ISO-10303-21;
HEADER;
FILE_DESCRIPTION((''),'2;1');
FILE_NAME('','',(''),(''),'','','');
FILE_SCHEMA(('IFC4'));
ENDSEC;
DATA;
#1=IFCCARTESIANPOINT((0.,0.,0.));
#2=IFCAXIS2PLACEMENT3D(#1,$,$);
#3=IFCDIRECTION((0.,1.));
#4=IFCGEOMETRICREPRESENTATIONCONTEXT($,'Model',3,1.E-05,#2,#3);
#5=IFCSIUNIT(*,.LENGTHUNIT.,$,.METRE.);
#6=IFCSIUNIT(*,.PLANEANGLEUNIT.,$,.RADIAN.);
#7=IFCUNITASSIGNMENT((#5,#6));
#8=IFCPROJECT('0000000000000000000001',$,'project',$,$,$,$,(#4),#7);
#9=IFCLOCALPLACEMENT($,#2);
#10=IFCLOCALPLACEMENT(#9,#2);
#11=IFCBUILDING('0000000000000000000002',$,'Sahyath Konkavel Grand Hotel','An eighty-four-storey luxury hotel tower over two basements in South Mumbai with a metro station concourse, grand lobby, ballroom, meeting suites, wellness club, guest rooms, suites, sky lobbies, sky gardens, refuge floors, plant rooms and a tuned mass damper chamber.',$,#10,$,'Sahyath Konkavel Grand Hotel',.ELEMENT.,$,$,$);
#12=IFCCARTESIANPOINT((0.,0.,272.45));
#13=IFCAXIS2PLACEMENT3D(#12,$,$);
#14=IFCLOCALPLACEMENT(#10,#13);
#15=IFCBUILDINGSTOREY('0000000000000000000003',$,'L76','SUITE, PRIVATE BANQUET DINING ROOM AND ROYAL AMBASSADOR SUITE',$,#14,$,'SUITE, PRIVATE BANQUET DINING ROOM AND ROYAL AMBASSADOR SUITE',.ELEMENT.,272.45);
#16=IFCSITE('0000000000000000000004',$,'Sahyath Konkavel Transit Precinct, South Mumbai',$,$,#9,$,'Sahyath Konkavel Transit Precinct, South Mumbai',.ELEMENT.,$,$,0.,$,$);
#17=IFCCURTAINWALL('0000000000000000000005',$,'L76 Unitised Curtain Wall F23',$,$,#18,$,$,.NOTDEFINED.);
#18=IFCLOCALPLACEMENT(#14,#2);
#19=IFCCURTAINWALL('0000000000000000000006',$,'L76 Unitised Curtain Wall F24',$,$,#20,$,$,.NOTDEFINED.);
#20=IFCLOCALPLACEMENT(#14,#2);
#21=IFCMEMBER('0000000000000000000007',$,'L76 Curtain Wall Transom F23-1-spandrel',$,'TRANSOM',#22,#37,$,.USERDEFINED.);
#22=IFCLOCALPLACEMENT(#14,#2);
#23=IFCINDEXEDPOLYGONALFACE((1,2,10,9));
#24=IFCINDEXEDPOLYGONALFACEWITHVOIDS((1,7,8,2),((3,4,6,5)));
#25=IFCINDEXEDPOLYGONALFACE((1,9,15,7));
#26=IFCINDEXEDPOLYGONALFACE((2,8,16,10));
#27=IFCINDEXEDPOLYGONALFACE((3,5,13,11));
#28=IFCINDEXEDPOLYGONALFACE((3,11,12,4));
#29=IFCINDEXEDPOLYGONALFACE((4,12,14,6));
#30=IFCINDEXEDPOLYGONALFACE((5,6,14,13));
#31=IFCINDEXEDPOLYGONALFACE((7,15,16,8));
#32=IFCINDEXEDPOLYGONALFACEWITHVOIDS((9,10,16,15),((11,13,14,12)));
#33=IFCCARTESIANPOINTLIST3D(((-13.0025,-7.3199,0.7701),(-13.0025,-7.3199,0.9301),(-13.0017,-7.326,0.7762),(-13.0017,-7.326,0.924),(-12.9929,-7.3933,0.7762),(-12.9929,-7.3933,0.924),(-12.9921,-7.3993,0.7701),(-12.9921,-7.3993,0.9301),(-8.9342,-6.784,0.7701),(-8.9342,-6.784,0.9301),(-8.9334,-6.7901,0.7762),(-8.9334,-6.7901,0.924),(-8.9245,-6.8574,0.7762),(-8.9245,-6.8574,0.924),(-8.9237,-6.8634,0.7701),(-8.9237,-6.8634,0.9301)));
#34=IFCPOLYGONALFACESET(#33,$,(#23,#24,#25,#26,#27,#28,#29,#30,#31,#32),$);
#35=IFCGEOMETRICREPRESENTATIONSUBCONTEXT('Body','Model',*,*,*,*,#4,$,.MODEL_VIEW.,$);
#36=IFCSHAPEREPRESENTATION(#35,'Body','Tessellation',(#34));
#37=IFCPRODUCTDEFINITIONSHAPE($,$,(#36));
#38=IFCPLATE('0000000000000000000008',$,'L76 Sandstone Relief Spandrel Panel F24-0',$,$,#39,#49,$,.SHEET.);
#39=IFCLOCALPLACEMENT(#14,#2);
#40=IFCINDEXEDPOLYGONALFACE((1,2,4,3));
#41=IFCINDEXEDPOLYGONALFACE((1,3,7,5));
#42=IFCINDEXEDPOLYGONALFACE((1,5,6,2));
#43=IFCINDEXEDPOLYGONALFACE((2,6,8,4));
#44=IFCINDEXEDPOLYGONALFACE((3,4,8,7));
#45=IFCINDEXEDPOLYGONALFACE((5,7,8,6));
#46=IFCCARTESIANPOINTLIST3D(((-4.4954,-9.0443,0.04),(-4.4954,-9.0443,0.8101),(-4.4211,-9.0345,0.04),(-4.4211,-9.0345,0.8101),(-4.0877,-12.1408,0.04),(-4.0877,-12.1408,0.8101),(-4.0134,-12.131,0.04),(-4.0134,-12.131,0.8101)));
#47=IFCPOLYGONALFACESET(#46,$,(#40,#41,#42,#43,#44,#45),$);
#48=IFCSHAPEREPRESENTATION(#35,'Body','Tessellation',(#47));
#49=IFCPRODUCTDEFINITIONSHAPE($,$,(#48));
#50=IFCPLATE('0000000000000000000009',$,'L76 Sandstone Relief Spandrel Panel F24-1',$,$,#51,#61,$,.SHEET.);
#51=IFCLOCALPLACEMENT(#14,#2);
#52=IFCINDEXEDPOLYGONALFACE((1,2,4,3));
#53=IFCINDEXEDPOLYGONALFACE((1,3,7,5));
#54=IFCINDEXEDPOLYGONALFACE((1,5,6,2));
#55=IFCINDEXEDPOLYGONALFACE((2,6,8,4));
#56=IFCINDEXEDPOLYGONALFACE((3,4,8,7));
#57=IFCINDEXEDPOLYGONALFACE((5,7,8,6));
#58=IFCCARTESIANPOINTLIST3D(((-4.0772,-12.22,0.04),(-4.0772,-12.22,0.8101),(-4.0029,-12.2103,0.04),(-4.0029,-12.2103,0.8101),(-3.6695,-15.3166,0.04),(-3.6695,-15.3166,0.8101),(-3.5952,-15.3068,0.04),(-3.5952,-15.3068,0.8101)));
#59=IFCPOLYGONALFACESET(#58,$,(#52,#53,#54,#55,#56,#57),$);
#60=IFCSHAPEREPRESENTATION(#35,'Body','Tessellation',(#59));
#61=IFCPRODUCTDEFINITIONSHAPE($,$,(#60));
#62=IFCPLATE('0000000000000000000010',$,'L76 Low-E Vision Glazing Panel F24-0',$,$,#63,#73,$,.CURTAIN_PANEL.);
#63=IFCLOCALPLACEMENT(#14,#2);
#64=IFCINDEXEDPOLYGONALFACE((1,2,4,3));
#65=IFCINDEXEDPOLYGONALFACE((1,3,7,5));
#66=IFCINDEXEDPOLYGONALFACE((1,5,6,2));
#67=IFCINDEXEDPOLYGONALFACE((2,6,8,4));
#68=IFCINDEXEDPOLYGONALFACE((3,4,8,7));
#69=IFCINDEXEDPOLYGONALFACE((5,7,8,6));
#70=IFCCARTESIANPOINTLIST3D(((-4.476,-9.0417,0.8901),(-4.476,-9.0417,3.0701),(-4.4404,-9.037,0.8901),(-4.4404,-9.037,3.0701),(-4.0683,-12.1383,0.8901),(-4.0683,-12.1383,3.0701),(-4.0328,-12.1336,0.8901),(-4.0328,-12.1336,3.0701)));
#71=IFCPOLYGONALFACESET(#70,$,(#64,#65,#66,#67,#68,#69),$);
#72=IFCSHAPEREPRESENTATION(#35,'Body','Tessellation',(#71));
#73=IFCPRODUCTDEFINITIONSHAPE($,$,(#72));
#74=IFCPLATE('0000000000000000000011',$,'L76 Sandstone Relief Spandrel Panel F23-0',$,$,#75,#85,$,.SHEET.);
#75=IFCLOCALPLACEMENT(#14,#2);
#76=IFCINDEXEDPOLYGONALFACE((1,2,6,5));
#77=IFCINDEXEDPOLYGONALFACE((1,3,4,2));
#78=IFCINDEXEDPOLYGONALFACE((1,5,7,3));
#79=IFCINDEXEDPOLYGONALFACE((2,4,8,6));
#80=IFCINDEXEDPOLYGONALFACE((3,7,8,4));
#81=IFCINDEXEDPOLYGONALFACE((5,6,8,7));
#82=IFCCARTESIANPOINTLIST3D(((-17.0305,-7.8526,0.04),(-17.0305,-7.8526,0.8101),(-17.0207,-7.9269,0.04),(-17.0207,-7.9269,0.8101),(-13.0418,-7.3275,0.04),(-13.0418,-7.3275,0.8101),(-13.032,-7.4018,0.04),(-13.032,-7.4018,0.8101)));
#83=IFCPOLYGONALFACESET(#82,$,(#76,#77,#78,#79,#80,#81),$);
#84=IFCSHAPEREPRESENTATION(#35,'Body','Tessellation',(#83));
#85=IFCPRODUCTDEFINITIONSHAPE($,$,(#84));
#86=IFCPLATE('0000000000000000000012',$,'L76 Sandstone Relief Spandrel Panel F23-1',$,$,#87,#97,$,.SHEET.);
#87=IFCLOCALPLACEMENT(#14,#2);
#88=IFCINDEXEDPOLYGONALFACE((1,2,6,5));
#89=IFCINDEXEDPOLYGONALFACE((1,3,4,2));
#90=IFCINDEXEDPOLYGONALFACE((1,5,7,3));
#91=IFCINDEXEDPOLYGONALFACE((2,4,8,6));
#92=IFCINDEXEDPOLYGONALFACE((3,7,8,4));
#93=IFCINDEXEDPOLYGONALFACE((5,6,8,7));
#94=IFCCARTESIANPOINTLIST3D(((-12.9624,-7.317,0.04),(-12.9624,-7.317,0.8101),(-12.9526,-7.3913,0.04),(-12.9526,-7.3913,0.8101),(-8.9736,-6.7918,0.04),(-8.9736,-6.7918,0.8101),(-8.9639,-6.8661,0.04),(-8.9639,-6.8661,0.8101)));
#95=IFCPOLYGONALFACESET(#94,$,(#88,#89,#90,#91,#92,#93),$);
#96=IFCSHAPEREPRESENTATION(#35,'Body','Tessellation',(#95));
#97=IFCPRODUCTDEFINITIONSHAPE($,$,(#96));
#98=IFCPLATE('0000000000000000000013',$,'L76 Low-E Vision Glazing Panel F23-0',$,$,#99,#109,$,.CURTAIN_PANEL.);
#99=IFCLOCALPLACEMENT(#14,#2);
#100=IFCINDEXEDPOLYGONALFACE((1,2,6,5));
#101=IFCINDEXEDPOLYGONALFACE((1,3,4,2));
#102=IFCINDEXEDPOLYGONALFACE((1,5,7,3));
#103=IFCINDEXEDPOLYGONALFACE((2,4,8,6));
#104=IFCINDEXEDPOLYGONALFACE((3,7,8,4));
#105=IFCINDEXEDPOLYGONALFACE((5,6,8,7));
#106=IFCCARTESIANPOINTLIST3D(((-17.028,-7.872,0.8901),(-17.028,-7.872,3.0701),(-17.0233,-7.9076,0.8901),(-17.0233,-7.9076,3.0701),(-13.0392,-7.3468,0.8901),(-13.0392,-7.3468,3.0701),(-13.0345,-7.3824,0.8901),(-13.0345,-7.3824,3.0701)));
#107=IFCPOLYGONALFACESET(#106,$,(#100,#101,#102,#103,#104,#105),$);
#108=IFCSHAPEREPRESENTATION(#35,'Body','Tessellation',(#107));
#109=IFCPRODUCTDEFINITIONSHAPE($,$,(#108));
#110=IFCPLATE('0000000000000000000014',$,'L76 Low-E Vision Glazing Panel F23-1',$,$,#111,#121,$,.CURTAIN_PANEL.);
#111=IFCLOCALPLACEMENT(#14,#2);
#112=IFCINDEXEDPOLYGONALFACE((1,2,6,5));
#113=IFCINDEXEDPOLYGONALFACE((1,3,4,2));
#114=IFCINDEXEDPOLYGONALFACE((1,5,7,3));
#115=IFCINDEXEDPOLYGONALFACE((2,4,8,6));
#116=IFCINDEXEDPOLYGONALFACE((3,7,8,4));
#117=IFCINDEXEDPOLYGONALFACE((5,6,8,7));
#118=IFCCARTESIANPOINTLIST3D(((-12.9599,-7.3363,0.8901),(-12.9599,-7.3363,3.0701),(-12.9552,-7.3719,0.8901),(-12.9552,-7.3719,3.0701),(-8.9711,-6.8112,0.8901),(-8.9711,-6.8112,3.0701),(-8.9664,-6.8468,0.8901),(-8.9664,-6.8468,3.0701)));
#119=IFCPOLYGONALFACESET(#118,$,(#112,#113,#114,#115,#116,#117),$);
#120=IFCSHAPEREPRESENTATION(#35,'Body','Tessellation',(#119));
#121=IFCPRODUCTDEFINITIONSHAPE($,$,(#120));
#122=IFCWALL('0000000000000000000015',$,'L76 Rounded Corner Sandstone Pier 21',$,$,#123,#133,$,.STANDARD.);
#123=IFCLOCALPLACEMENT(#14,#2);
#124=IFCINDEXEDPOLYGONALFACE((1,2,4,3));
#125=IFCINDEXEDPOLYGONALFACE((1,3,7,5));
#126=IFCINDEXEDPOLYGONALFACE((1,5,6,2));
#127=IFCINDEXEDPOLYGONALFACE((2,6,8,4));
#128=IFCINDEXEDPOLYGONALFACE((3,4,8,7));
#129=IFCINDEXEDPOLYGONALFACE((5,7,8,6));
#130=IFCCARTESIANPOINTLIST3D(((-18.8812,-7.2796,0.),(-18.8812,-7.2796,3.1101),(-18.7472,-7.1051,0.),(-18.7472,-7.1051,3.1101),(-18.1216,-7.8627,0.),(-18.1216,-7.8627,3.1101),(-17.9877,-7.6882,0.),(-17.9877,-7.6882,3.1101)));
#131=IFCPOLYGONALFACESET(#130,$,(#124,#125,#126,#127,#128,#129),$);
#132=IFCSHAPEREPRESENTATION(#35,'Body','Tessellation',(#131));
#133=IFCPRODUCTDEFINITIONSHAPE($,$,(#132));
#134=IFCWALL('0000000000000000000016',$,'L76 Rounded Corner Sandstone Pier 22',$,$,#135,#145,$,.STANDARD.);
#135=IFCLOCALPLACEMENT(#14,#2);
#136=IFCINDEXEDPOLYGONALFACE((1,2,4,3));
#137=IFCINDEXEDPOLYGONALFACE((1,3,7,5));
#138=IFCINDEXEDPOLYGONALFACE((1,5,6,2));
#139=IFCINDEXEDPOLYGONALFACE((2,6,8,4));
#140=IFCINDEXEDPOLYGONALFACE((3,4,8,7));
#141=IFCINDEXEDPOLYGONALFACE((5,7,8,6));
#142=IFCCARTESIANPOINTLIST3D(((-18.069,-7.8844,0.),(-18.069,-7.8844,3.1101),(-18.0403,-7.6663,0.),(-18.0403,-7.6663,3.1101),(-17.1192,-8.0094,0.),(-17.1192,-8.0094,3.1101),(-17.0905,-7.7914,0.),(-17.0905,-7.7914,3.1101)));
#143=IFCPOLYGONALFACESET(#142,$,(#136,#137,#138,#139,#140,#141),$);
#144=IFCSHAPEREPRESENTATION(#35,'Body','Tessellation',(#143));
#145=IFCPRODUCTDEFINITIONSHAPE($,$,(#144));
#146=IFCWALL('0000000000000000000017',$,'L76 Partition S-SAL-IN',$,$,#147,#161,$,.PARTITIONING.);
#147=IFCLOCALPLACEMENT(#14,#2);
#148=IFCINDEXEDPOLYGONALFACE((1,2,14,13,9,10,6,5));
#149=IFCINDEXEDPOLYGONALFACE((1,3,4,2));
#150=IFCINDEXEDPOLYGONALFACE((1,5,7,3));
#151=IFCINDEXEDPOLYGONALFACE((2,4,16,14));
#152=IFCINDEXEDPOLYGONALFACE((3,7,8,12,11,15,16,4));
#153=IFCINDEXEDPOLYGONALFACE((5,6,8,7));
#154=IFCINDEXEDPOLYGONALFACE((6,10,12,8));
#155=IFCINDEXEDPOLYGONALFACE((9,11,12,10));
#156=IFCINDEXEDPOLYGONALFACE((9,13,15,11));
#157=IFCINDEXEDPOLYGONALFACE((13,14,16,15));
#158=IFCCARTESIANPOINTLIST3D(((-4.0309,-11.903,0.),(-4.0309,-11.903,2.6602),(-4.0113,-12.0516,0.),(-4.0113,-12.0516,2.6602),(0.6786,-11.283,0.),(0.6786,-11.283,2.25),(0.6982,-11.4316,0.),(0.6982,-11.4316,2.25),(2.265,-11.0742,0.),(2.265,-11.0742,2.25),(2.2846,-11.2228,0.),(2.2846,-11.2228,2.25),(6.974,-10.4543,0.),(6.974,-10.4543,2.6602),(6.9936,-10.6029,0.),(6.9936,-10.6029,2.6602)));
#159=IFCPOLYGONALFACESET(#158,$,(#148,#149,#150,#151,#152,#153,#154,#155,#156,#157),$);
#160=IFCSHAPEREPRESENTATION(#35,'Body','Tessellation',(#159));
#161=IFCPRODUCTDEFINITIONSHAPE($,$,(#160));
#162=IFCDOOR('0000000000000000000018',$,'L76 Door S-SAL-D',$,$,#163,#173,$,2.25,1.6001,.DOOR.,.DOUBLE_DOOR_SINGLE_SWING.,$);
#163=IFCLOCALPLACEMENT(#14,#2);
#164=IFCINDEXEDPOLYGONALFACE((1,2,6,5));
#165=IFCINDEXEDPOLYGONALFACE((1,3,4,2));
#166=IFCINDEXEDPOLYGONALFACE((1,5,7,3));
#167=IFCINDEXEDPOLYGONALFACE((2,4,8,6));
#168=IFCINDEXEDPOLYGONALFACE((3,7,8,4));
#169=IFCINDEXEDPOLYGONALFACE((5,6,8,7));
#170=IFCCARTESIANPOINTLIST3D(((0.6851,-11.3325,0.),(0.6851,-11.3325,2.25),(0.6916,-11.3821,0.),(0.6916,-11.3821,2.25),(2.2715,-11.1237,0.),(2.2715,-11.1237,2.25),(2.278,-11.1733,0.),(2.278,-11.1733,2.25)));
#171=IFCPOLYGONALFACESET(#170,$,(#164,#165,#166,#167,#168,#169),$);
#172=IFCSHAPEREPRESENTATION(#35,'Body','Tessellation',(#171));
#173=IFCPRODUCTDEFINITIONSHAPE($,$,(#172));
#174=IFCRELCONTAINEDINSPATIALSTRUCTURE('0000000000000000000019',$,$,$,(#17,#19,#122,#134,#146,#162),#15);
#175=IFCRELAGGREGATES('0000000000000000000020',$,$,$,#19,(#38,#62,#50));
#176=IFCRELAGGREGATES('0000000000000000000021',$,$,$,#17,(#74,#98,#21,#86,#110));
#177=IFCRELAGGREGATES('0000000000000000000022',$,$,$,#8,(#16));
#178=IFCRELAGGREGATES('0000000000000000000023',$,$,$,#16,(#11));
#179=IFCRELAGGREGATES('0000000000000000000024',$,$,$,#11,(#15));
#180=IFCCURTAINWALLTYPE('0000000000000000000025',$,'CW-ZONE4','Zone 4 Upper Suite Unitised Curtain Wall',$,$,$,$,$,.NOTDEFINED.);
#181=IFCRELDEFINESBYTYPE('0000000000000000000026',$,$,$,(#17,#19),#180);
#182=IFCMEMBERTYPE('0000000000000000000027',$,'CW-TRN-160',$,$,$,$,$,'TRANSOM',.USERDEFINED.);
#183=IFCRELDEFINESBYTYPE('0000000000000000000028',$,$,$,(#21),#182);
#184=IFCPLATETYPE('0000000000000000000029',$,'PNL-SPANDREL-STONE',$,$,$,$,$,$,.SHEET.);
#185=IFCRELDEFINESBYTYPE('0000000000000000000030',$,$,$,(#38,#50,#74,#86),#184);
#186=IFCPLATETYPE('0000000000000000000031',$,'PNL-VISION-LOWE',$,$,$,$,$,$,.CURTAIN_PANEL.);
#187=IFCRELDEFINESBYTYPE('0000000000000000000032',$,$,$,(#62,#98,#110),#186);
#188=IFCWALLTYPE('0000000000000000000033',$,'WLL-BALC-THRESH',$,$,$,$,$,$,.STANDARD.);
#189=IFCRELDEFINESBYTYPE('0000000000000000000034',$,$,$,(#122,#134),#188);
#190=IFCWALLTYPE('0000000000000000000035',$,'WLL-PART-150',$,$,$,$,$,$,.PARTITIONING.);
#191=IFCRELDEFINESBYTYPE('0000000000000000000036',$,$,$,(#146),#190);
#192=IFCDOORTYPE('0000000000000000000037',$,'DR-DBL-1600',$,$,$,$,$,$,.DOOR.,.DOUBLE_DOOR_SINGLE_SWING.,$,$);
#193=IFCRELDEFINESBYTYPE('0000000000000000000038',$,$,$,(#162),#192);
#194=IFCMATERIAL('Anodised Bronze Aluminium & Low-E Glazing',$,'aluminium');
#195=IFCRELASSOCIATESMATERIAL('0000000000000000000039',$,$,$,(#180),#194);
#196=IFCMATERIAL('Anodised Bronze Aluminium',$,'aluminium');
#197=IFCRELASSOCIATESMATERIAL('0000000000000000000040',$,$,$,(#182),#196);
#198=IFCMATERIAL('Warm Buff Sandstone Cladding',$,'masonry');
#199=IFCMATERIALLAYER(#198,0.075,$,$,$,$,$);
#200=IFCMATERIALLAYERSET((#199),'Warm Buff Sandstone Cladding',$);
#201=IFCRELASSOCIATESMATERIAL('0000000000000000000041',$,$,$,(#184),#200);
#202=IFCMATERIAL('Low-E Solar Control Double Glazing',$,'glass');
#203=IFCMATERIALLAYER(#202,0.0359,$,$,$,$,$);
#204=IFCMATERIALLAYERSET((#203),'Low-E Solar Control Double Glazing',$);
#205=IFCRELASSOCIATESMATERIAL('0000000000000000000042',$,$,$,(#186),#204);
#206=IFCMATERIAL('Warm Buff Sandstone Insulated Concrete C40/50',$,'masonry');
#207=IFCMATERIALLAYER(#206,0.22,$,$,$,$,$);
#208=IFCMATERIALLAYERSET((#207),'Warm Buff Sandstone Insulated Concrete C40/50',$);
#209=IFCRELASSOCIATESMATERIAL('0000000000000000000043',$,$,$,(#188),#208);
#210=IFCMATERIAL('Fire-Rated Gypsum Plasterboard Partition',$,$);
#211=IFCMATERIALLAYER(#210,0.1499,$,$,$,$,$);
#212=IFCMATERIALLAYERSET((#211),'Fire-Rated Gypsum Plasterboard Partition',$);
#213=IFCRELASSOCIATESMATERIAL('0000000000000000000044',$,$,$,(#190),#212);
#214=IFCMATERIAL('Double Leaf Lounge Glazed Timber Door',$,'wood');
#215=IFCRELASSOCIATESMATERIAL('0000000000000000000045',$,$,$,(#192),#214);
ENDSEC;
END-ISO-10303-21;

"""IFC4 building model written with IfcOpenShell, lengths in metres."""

from ifc_helpers import new_model, si_unit, direction, frame, frame_2d, origin, origin_2d, place, context, subcontext, project, spatial, rectangle, hollow_rectangle, extrude, source, transform, mapped, material, layer, layer_set, material_profile, profile_set, type_object, element, fill, aggregate, save


model = new_model("IFC4")

# Units and contexts
model_context = context("Model", 3, precision=1e-05, world=origin(), true_north=direction((0.0, 1.0)))
body_context = subcontext(model_context, "Body", "Model", "MODEL_VIEW")
ifc_project = project(units=[si_unit("LENGTHUNIT", "METRE"), si_unit("PLANEANGLEUNIT", "RADIAN")], contexts=[model_context])

# Site, building, storey
site_placement = place(None, origin())
site = spatial("IfcSite", under=ifc_project, at=site_placement, Name="Sahyath Konkavel Transit Precinct, South Mumbai", LongName="Sahyath Konkavel Transit Precinct, South Mumbai", CompositionType="ELEMENT", RefElevation=0.0)
building_placement = place(site_placement, origin())
building = spatial("IfcBuilding", under=site, at=building_placement, Name="Sahyath Konkavel Grand Hotel", Description="An eighty-four-storey luxury hotel tower over two basements in South Mumbai with a metro station concourse, grand lobby, ballroom, meeting suites, wellness club, guest rooms, suites, sky lobbies, sky gardens, refuge floors, plant rooms and a tuned mass damper chamber.", LongName="Sahyath Konkavel Grand Hotel", CompositionType="ELEMENT")
storey_placement = place(building_placement, frame((0.0, 0.0, 272.45)))
storey = spatial("IfcBuildingStorey", under=building, at=storey_placement, Name="L76", Description="SUITE, PRIVATE BANQUET DINING ROOM AND ROYAL AMBASSADOR SUITE", LongName="SUITE, PRIVATE BANQUET DINING ROOM AND ROYAL AMBASSADOR SUITE", CompositionType="ELEMENT", Elevation=272.45)

# Curtain walls
ifc_material_1 = material(Name="Anodised Bronze Aluminium & Low-E Glazing", Category="aluminium")
curtain_wall_type = type_object("IfcCurtainWallType", Name="CW-ZONE4", Description="Zone 4 Upper Suite Unitised Curtain Wall", PredefinedType="NOTDEFINED", material=ifc_material_1)
curtain_wall_1_placement = place(storey_placement, origin())
curtain_wall_1 = element("IfcCurtainWall", 1, at=curtain_wall_1_placement, inside=storey, type_object=curtain_wall_type, Name="L76 Unitised Curtain Wall F23", PredefinedType="NOTDEFINED")
curtain_wall_2_placement = place(storey_placement, origin())
curtain_wall_2 = element("IfcCurtainWall", 2, at=curtain_wall_2_placement, inside=storey, type_object=curtain_wall_type, Name="L76 Unitised Curtain Wall F24", PredefinedType="NOTDEFINED")
ifc_material_2 = material(Name="Anodised Bronze Aluminium", Category="aluminium")

# Member
ifc_material_profile_1 = material_profile(ifc_material_2, hollow_rectangle(XDim=0.0801, YDim=0.1599, WallThickness=0.0061, at=origin_2d()), Name="RHS 160x80x6")
ifc_profile_set_1 = profile_set([ifc_material_profile_1], Name="Anodised Bronze Aluminium")
member_type_1 = type_object("IfcMemberType", Name="CW-TRN-160", ElementType="TRANSOM", PredefinedType="USERDEFINED", material=ifc_profile_set_1)
shared_shape_1 = source(origin(), body_context, "Body", "SweptSolid", [
    extrude(hollow_rectangle(XDim=0.0801, YDim=0.1599, WallThickness=0.0061, at=origin_2d()), origin(), (0.0, 0.0, 1.0), 4.1035),
])
member_1_placement = place(storey_placement, frame((-12.9973, -7.3596, 0.8501), z_axis=(0.991436, 0.130593, 0.0), x_axis=(-0.130593, 0.991436, 0.0)))
member_1 = element("IfcMember", 3, at=member_1_placement, type_object=member_type_1, Name="L76 Curtain Wall Transom F23-1-spandrel", ObjectType="TRANSOM", PredefinedType="USERDEFINED", context=body_context, shape_type="MappedRepresentation", body=[
    mapped(shared_shape_1, transform((0.0, 0.0, 0.0), scale=1.0)),
])

# Plates
ifc_material_3 = material(Name="Warm Buff Sandstone Cladding", Category="masonry")
ifc_layer_1 = layer(ifc_material_3, 0.075)
ifc_layer_set_1 = layer_set([ifc_layer_1], Name="Warm Buff Sandstone Cladding")
plate_type_1 = type_object("IfcPlateType", Name="PNL-SPANDREL-STONE", PredefinedType="SHEET", material=ifc_layer_set_1)
shared_shape_2 = source(origin(), body_context, "Body", "SweptSolid", [
    extrude(rectangle(XDim=3.1233, YDim=0.075, at=origin_2d()), origin(), (0.0, 0.0, 1.0), 0.77),
])
plate_1_placement = place(storey_placement, frame((-4.2544, -10.5876, 0.04), z_axis=(0.0, 0.0, 1.0), x_axis=(0.130526, -0.991445, 0.0)))
plate_1 = element("IfcPlate", 4, at=plate_1_placement, type_object=plate_type_1, Name="L76 Sandstone Relief Spandrel Panel F24-0", PredefinedType="SHEET", context=body_context, shape_type="MappedRepresentation", body=[
    mapped(shared_shape_2, transform((0.0, 0.0, 0.0), scale=1.0)),
])
plate_2_placement = place(storey_placement, frame((-3.8362, -13.7634, 0.04), z_axis=(0.0, 0.0, 1.0), x_axis=(0.130526, -0.991445, 0.0)))
plate_2 = element("IfcPlate", 5, at=plate_2_placement, type_object=plate_type_1, Name="L76 Sandstone Relief Spandrel Panel F24-1", PredefinedType="SHEET", context=body_context, shape_type="MappedRepresentation", body=[
    mapped(shared_shape_2, transform((0.0, 0.0, 0.0), scale=1.0)),
])
ifc_material_4 = material(Name="Low-E Solar Control Double Glazing", Category="glass")
ifc_layer_2 = layer(ifc_material_4, 0.0359)
ifc_layer_set_2 = layer_set([ifc_layer_2], Name="Low-E Solar Control Double Glazing")
plate_type_2 = type_object("IfcPlateType", Name="PNL-VISION-LOWE", PredefinedType="CURTAIN_PANEL", material=ifc_layer_set_2)
shared_shape_3 = source(origin(), body_context, "Body", "SweptSolid", [
    extrude(rectangle(XDim=3.1233, YDim=0.0359, at=origin_2d()), origin(), (0.0, 0.0, 1.0), 2.1799),
])
plate_3_placement = place(storey_placement, frame((-4.2544, -10.5876, 0.8901), z_axis=(0.0, 0.0, 1.0), x_axis=(0.130526, -0.991445, 0.0)))
plate_3 = element("IfcPlate", 6, at=plate_3_placement, type_object=plate_type_2, Name="L76 Low-E Vision Glazing Panel F24-0", PredefinedType="CURTAIN_PANEL", context=body_context, shape_type="MappedRepresentation", body=[
    mapped(shared_shape_3, transform((0.0, 0.0, 0.0), scale=1.0)),
])
aggregate(curtain_wall_2, [plate_1, plate_3, plate_2])
shared_shape_4 = source(origin(), body_context, "Body", "SweptSolid", [
    extrude(rectangle(XDim=4.0232, YDim=0.075, at=origin_2d()), origin(), (0.0, 0.0, 1.0), 0.77),
])
plate_4_placement = place(storey_placement, frame((-15.0312, -7.6272, 0.04), z_axis=(0.0, 0.0, 1.0), x_axis=(0.991445, 0.130526, 0.0)))
plate_4 = element("IfcPlate", 7, at=plate_4_placement, type_object=plate_type_1, Name="L76 Sandstone Relief Spandrel Panel F23-0", PredefinedType="SHEET", context=body_context, shape_type="MappedRepresentation", body=[
    mapped(shared_shape_4, transform((0.0, 0.0, 0.0), scale=1.0)),
])
plate_5_placement = place(storey_placement, frame((-10.9631, -7.0916, 0.04), z_axis=(0.0, 0.0, 1.0), x_axis=(0.991445, 0.130526, 0.0)))
plate_5 = element("IfcPlate", 8, at=plate_5_placement, type_object=plate_type_1, Name="L76 Sandstone Relief Spandrel Panel F23-1", PredefinedType="SHEET", context=body_context, shape_type="MappedRepresentation", body=[
    mapped(shared_shape_4, transform((0.0, 0.0, 0.0), scale=1.0)),
])
shared_shape_5 = source(origin(), body_context, "Body", "SweptSolid", [
    extrude(rectangle(XDim=4.0232, YDim=0.0359, at=origin_2d()), origin(), (0.0, 0.0, 1.0), 2.1799),
])
plate_6_placement = place(storey_placement, frame((-15.0312, -7.6272, 0.8901), z_axis=(0.0, 0.0, 1.0), x_axis=(0.991445, 0.130526, 0.0)))
plate_6 = element("IfcPlate", 9, at=plate_6_placement, type_object=plate_type_2, Name="L76 Low-E Vision Glazing Panel F23-0", PredefinedType="CURTAIN_PANEL", context=body_context, shape_type="MappedRepresentation", body=[
    mapped(shared_shape_5, transform((0.0, 0.0, 0.0), scale=1.0)),
])
plate_7_placement = place(storey_placement, frame((-10.9631, -7.0916, 0.8901), z_axis=(0.0, 0.0, 1.0), x_axis=(0.991445, 0.130526, 0.0)))
plate_7 = element("IfcPlate", 10, at=plate_7_placement, type_object=plate_type_2, Name="L76 Low-E Vision Glazing Panel F23-1", PredefinedType="CURTAIN_PANEL", context=body_context, shape_type="MappedRepresentation", body=[
    mapped(shared_shape_5, transform((0.0, 0.0, 0.0), scale=1.0)),
])
aggregate(curtain_wall_1, [plate_4, plate_6, member_1, plate_5, plate_7])

# Walls
ifc_material_5 = material(Name="Warm Buff Sandstone Insulated Concrete C40/50", Category="masonry")
ifc_layer_3 = layer(ifc_material_5, 0.22)
ifc_layer_set_3 = layer_set([ifc_layer_3], Name="Warm Buff Sandstone Insulated Concrete C40/50")
wall_type_1 = type_object("IfcWallType", Name="WLL-BALC-THRESH", PredefinedType="STANDARD", material=ifc_layer_set_3)
wall_1_placement = place(storey_placement, frame((-18.8142, -7.1924, 0.0), z_axis=(0.0, 0.0, 1.0), x_axis=(0.793249, -0.608897, 0.0)))
element("IfcWall", 11, at=wall_1_placement, inside=storey, type_object=wall_type_1, Name="L76 Rounded Corner Sandstone Pier 21", PredefinedType="STANDARD", context=body_context, shape_type="SweptSolid", body=[
    extrude(rectangle(XDim=0.9575, YDim=0.22, at=frame_2d((0.4788, 0.0))), origin(), (0.0, 0.0, 1.0), 3.1101),
])
wall_2_placement = place(storey_placement, frame((-18.0547, -7.7754, 0.0), z_axis=(0.0, 0.0, 1.0), x_axis=(0.991449, -0.130494, 0.0)))
element("IfcWall", 12, at=wall_2_placement, inside=storey, type_object=wall_type_1, Name="L76 Rounded Corner Sandstone Pier 22", PredefinedType="STANDARD", context=body_context, shape_type="SweptSolid", body=[
    extrude(rectangle(XDim=0.958, YDim=0.22, at=frame_2d((0.479, 0.0))), origin(), (0.0, 0.0, 1.0), 3.1101),
])

# Wall, opening, door
ifc_material_6 = material(Name="Fire-Rated Gypsum Plasterboard Partition")
ifc_layer_4 = layer(ifc_material_6, 0.1499)
ifc_layer_set_4 = layer_set([ifc_layer_4], Name="Fire-Rated Gypsum Plasterboard Partition")
wall_type_2 = type_object("IfcWallType", Name="WLL-PART-150", PredefinedType="PARTITIONING", material=ifc_layer_set_4)
wall_3_placement = place(storey_placement, frame((-4.021, -11.9773, 0.0), z_axis=(0.0, 0.0, 1.0), x_axis=(0.991446, 0.130518, 0.0)))
wall_3 = element("IfcWall", 13, at=wall_3_placement, inside=storey, type_object=wall_type_2, Name="L76 Partition S-SAL-IN", PredefinedType="PARTITIONING", context=body_context, shape_type="SweptSolid", body=[
    extrude(rectangle(XDim=11.0999, YDim=0.1499, at=frame_2d((5.5498, 0.0))), origin(), (0.0, 0.0, 1.0), 2.6602),
])
opening_placement = place(wall_3_placement, frame((4.75, 0.0, 0.0)))
opening = element("IfcOpeningElement", 14, at=opening_placement, cuts=wall_3, PredefinedType="OPENING", context=body_context, shape_type="SweptSolid", body=[
    extrude(rectangle(XDim=1.6001, YDim=2.25, at=frame_2d((0.8, 1.125))), frame((0.0, 0.085, 0.0), z_axis=(0.0, -1.0, 0.0), x_axis=(1.0, 0.0, 0.0)), (0.0, 0.0, 1.0), 0.1699),
])
ifc_material_7 = material(Name="Double Leaf Lounge Glazed Timber Door", Category="wood")
door_type = type_object("IfcDoorType", Name="DR-DBL-1600", OperationType="DOUBLE_DOOR_SINGLE_SWING", PredefinedType="DOOR", material=ifc_material_7)
shared_shape_6 = source(origin(), body_context, "Body", "SweptSolid", [
    extrude(rectangle(XDim=1.6001, YDim=0.05, at=origin_2d()), origin(), (0.0, 0.0, 1.0), 2.25),
])
door_placement = place(opening_placement, frame((0.8, 0.0, 0.0)))
door = element("IfcDoor", 15, at=door_placement, inside=storey, type_object=door_type, Name="L76 Door S-SAL-D", OperationType="DOUBLE_DOOR_SINGLE_SWING", OverallHeight=2.25, OverallWidth=1.6001, PredefinedType="DOOR", context=body_context, shape_type="MappedRepresentation", body=[
    mapped(shared_shape_6, transform((0.0, 0.0, 0.0), scale=1.0)),
])
fill(opening, door)

save(model, "model.ifc")
